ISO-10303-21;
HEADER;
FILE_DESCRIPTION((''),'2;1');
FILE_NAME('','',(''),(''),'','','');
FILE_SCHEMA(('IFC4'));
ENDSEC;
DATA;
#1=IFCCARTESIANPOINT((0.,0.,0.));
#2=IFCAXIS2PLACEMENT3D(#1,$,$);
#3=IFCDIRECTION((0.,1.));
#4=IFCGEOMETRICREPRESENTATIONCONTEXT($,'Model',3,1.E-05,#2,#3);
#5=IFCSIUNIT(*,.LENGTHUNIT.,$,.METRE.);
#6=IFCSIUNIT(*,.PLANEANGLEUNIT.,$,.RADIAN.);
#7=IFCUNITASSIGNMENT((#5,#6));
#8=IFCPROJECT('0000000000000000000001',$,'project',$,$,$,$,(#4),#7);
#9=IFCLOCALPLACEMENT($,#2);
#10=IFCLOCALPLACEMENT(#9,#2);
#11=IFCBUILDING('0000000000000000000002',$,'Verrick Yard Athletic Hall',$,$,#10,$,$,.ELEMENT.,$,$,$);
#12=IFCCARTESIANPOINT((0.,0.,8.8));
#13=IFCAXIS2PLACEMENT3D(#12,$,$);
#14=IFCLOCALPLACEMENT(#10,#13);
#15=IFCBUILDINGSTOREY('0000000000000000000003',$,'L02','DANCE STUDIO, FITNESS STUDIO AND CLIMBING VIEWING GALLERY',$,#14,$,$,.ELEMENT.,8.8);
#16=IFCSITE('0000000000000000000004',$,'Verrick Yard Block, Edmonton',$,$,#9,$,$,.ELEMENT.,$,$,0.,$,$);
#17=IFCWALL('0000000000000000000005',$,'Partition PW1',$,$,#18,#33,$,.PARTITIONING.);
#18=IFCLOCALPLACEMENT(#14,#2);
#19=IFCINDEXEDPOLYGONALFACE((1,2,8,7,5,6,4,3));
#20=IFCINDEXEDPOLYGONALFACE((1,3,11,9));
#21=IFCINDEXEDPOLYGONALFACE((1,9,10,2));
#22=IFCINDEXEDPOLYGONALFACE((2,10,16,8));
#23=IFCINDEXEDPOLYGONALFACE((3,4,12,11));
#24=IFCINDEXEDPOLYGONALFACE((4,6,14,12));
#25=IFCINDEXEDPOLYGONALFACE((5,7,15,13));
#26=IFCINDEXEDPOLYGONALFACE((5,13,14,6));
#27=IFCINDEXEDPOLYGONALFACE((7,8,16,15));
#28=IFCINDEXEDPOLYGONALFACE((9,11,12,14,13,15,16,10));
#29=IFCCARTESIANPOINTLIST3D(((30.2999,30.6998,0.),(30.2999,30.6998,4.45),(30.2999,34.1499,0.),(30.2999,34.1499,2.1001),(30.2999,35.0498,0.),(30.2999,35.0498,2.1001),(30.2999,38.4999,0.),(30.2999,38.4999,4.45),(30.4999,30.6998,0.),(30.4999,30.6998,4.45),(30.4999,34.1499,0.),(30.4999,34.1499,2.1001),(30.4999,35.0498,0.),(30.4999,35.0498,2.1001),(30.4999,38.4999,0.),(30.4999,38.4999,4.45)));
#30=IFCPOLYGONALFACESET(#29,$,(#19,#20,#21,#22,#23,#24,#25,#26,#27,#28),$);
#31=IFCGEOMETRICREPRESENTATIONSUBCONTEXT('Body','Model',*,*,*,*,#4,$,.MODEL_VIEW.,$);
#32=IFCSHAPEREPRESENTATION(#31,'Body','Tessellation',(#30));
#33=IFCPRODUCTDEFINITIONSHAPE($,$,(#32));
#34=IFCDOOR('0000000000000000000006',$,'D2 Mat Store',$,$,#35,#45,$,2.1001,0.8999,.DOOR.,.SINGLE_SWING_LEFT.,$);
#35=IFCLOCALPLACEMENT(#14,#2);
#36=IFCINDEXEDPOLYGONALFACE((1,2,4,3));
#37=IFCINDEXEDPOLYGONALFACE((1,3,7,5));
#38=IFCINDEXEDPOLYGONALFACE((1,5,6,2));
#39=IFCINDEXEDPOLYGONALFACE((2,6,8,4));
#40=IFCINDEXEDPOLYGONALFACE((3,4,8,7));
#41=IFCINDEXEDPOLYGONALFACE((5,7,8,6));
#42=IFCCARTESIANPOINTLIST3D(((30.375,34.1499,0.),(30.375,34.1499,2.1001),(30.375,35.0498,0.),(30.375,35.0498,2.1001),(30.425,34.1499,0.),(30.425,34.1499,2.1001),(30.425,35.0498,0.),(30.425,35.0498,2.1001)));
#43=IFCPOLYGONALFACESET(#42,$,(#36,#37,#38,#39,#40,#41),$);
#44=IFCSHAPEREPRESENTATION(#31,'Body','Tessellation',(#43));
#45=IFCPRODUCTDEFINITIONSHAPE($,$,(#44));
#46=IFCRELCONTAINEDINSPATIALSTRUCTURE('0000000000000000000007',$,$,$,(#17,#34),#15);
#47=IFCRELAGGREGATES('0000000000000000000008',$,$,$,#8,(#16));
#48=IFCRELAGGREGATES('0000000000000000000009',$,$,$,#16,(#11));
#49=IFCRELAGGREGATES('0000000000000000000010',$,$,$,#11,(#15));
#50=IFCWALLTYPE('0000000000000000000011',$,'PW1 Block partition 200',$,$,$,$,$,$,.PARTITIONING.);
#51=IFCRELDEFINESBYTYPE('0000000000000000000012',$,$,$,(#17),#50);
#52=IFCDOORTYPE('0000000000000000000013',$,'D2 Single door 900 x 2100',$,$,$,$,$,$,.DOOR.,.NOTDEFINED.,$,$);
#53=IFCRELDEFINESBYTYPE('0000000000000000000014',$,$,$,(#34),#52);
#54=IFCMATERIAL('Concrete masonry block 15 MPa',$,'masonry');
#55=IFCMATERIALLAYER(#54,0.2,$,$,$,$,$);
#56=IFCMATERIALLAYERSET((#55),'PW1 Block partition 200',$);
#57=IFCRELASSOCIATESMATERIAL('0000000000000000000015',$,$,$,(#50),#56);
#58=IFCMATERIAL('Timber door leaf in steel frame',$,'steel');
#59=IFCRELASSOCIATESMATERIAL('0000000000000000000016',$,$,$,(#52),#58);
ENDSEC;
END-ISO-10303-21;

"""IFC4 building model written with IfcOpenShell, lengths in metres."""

from ifc_helpers import new_model, si_unit, direction, frame, frame_2d, origin, place, context, subcontext, project, spatial, rectangle, extrude, material, layer, layer_set, type_object, element, fill, save


model = new_model("IFC4")

# Units and contexts
model_context = context("Model", 3, precision=1e-05, world=origin(), true_north=direction((0.0, 1.0)))
body_context = subcontext(model_context, "Body", "Model", "MODEL_VIEW")
ifc_project = project(units=[si_unit("LENGTHUNIT", "METRE"), si_unit("PLANEANGLEUNIT", "RADIAN")], contexts=[model_context])

# Site, building, storey
site_placement = place(None, origin())
site = spatial("IfcSite", under=ifc_project, at=site_placement, Name="Verrick Yard Block, Edmonton", CompositionType="ELEMENT", RefElevation=0.0)
building_placement = place(site_placement, origin())
building = spatial("IfcBuilding", under=site, at=building_placement, Name="Verrick Yard Athletic Hall", CompositionType="ELEMENT")
storey_placement = place(building_placement, frame((0.0, 0.0, 8.8)))
storey = spatial("IfcBuildingStorey", under=building, at=storey_placement, Name="L02", Description="DANCE STUDIO, FITNESS STUDIO AND CLIMBING VIEWING GALLERY", CompositionType="ELEMENT", Elevation=8.8)

# Shared definitions
ifc_material_1 = material(Name="Concrete masonry block 15 MPa", Category="masonry")
ifc_layer = layer(ifc_material_1, 0.2)
ifc_layer_set = layer_set([ifc_layer], Name="PW1 Block partition 200")
wall_type = type_object("IfcWallType", Name="PW1 Block partition 200", PredefinedType="PARTITIONING", material=ifc_layer_set)
ifc_material_2 = material(Name="Timber door leaf in steel frame", Category="steel")

# Wall, opening, door
wall_1_placement = place(storey_placement, frame((30.3999, 30.7, 0.0), z_axis=(0.0, 0.0, 1.0), x_axis=(0.0, 1.0, 0.0)))
wall_1 = element("IfcWall", 1, at=wall_1_placement, inside=storey, type_object=wall_type, Name="Partition PW1", PredefinedType="PARTITIONING", context=body_context, shape_type="SweptSolid", body=[
    extrude(rectangle(XDim=7.8, YDim=0.2, at=frame_2d((3.8999, 0.0))), origin(), (0.0, 0.0, 1.0), 4.45),
])
opening_1_placement = place(wall_1_placement, frame((3.45, 0.0, 0.0)))
opening_1 = element("IfcOpeningElement", 2, at=opening_1_placement, cuts=wall_1, PredefinedType="OPENING", context=body_context, shape_type="SweptSolid", body=[
    extrude(rectangle(XDim=0.8999, YDim=2.1001, at=frame_2d((0.45, 1.05))), frame((0.0, 0.1099, 0.0), z_axis=(0.0, -1.0, 0.0), x_axis=(1.0, 0.0, 0.0)), (0.0, 0.0, 1.0), 0.22),
])
door_type_1 = type_object("IfcDoorType", Name="D2 Single door 900 x 2100", OperationType="NOTDEFINED", PredefinedType="DOOR", material=ifc_material_2)
door_1_placement = place(opening_1_placement, origin())
door_1 = element("IfcDoor", 3, at=door_1_placement, inside=storey, type_object=door_type_1, Name="D2 Mat Store", OperationType="SINGLE_SWING_LEFT", OverallHeight=2.1001, OverallWidth=0.8999, PredefinedType="DOOR", context=body_context, shape_type="SweptSolid", body=[
    extrude(rectangle(XDim=0.8999, YDim=2.1001, at=frame_2d((0.45, 1.05))), frame((0.0, 0.0249, 0.0), z_axis=(0.0, -1.0, 0.0), x_axis=(1.0, 0.0, 0.0)), (0.0, 0.0, 1.0), 0.05),
])
fill(opening_1, door_1)

save(model, "model.ifc")
